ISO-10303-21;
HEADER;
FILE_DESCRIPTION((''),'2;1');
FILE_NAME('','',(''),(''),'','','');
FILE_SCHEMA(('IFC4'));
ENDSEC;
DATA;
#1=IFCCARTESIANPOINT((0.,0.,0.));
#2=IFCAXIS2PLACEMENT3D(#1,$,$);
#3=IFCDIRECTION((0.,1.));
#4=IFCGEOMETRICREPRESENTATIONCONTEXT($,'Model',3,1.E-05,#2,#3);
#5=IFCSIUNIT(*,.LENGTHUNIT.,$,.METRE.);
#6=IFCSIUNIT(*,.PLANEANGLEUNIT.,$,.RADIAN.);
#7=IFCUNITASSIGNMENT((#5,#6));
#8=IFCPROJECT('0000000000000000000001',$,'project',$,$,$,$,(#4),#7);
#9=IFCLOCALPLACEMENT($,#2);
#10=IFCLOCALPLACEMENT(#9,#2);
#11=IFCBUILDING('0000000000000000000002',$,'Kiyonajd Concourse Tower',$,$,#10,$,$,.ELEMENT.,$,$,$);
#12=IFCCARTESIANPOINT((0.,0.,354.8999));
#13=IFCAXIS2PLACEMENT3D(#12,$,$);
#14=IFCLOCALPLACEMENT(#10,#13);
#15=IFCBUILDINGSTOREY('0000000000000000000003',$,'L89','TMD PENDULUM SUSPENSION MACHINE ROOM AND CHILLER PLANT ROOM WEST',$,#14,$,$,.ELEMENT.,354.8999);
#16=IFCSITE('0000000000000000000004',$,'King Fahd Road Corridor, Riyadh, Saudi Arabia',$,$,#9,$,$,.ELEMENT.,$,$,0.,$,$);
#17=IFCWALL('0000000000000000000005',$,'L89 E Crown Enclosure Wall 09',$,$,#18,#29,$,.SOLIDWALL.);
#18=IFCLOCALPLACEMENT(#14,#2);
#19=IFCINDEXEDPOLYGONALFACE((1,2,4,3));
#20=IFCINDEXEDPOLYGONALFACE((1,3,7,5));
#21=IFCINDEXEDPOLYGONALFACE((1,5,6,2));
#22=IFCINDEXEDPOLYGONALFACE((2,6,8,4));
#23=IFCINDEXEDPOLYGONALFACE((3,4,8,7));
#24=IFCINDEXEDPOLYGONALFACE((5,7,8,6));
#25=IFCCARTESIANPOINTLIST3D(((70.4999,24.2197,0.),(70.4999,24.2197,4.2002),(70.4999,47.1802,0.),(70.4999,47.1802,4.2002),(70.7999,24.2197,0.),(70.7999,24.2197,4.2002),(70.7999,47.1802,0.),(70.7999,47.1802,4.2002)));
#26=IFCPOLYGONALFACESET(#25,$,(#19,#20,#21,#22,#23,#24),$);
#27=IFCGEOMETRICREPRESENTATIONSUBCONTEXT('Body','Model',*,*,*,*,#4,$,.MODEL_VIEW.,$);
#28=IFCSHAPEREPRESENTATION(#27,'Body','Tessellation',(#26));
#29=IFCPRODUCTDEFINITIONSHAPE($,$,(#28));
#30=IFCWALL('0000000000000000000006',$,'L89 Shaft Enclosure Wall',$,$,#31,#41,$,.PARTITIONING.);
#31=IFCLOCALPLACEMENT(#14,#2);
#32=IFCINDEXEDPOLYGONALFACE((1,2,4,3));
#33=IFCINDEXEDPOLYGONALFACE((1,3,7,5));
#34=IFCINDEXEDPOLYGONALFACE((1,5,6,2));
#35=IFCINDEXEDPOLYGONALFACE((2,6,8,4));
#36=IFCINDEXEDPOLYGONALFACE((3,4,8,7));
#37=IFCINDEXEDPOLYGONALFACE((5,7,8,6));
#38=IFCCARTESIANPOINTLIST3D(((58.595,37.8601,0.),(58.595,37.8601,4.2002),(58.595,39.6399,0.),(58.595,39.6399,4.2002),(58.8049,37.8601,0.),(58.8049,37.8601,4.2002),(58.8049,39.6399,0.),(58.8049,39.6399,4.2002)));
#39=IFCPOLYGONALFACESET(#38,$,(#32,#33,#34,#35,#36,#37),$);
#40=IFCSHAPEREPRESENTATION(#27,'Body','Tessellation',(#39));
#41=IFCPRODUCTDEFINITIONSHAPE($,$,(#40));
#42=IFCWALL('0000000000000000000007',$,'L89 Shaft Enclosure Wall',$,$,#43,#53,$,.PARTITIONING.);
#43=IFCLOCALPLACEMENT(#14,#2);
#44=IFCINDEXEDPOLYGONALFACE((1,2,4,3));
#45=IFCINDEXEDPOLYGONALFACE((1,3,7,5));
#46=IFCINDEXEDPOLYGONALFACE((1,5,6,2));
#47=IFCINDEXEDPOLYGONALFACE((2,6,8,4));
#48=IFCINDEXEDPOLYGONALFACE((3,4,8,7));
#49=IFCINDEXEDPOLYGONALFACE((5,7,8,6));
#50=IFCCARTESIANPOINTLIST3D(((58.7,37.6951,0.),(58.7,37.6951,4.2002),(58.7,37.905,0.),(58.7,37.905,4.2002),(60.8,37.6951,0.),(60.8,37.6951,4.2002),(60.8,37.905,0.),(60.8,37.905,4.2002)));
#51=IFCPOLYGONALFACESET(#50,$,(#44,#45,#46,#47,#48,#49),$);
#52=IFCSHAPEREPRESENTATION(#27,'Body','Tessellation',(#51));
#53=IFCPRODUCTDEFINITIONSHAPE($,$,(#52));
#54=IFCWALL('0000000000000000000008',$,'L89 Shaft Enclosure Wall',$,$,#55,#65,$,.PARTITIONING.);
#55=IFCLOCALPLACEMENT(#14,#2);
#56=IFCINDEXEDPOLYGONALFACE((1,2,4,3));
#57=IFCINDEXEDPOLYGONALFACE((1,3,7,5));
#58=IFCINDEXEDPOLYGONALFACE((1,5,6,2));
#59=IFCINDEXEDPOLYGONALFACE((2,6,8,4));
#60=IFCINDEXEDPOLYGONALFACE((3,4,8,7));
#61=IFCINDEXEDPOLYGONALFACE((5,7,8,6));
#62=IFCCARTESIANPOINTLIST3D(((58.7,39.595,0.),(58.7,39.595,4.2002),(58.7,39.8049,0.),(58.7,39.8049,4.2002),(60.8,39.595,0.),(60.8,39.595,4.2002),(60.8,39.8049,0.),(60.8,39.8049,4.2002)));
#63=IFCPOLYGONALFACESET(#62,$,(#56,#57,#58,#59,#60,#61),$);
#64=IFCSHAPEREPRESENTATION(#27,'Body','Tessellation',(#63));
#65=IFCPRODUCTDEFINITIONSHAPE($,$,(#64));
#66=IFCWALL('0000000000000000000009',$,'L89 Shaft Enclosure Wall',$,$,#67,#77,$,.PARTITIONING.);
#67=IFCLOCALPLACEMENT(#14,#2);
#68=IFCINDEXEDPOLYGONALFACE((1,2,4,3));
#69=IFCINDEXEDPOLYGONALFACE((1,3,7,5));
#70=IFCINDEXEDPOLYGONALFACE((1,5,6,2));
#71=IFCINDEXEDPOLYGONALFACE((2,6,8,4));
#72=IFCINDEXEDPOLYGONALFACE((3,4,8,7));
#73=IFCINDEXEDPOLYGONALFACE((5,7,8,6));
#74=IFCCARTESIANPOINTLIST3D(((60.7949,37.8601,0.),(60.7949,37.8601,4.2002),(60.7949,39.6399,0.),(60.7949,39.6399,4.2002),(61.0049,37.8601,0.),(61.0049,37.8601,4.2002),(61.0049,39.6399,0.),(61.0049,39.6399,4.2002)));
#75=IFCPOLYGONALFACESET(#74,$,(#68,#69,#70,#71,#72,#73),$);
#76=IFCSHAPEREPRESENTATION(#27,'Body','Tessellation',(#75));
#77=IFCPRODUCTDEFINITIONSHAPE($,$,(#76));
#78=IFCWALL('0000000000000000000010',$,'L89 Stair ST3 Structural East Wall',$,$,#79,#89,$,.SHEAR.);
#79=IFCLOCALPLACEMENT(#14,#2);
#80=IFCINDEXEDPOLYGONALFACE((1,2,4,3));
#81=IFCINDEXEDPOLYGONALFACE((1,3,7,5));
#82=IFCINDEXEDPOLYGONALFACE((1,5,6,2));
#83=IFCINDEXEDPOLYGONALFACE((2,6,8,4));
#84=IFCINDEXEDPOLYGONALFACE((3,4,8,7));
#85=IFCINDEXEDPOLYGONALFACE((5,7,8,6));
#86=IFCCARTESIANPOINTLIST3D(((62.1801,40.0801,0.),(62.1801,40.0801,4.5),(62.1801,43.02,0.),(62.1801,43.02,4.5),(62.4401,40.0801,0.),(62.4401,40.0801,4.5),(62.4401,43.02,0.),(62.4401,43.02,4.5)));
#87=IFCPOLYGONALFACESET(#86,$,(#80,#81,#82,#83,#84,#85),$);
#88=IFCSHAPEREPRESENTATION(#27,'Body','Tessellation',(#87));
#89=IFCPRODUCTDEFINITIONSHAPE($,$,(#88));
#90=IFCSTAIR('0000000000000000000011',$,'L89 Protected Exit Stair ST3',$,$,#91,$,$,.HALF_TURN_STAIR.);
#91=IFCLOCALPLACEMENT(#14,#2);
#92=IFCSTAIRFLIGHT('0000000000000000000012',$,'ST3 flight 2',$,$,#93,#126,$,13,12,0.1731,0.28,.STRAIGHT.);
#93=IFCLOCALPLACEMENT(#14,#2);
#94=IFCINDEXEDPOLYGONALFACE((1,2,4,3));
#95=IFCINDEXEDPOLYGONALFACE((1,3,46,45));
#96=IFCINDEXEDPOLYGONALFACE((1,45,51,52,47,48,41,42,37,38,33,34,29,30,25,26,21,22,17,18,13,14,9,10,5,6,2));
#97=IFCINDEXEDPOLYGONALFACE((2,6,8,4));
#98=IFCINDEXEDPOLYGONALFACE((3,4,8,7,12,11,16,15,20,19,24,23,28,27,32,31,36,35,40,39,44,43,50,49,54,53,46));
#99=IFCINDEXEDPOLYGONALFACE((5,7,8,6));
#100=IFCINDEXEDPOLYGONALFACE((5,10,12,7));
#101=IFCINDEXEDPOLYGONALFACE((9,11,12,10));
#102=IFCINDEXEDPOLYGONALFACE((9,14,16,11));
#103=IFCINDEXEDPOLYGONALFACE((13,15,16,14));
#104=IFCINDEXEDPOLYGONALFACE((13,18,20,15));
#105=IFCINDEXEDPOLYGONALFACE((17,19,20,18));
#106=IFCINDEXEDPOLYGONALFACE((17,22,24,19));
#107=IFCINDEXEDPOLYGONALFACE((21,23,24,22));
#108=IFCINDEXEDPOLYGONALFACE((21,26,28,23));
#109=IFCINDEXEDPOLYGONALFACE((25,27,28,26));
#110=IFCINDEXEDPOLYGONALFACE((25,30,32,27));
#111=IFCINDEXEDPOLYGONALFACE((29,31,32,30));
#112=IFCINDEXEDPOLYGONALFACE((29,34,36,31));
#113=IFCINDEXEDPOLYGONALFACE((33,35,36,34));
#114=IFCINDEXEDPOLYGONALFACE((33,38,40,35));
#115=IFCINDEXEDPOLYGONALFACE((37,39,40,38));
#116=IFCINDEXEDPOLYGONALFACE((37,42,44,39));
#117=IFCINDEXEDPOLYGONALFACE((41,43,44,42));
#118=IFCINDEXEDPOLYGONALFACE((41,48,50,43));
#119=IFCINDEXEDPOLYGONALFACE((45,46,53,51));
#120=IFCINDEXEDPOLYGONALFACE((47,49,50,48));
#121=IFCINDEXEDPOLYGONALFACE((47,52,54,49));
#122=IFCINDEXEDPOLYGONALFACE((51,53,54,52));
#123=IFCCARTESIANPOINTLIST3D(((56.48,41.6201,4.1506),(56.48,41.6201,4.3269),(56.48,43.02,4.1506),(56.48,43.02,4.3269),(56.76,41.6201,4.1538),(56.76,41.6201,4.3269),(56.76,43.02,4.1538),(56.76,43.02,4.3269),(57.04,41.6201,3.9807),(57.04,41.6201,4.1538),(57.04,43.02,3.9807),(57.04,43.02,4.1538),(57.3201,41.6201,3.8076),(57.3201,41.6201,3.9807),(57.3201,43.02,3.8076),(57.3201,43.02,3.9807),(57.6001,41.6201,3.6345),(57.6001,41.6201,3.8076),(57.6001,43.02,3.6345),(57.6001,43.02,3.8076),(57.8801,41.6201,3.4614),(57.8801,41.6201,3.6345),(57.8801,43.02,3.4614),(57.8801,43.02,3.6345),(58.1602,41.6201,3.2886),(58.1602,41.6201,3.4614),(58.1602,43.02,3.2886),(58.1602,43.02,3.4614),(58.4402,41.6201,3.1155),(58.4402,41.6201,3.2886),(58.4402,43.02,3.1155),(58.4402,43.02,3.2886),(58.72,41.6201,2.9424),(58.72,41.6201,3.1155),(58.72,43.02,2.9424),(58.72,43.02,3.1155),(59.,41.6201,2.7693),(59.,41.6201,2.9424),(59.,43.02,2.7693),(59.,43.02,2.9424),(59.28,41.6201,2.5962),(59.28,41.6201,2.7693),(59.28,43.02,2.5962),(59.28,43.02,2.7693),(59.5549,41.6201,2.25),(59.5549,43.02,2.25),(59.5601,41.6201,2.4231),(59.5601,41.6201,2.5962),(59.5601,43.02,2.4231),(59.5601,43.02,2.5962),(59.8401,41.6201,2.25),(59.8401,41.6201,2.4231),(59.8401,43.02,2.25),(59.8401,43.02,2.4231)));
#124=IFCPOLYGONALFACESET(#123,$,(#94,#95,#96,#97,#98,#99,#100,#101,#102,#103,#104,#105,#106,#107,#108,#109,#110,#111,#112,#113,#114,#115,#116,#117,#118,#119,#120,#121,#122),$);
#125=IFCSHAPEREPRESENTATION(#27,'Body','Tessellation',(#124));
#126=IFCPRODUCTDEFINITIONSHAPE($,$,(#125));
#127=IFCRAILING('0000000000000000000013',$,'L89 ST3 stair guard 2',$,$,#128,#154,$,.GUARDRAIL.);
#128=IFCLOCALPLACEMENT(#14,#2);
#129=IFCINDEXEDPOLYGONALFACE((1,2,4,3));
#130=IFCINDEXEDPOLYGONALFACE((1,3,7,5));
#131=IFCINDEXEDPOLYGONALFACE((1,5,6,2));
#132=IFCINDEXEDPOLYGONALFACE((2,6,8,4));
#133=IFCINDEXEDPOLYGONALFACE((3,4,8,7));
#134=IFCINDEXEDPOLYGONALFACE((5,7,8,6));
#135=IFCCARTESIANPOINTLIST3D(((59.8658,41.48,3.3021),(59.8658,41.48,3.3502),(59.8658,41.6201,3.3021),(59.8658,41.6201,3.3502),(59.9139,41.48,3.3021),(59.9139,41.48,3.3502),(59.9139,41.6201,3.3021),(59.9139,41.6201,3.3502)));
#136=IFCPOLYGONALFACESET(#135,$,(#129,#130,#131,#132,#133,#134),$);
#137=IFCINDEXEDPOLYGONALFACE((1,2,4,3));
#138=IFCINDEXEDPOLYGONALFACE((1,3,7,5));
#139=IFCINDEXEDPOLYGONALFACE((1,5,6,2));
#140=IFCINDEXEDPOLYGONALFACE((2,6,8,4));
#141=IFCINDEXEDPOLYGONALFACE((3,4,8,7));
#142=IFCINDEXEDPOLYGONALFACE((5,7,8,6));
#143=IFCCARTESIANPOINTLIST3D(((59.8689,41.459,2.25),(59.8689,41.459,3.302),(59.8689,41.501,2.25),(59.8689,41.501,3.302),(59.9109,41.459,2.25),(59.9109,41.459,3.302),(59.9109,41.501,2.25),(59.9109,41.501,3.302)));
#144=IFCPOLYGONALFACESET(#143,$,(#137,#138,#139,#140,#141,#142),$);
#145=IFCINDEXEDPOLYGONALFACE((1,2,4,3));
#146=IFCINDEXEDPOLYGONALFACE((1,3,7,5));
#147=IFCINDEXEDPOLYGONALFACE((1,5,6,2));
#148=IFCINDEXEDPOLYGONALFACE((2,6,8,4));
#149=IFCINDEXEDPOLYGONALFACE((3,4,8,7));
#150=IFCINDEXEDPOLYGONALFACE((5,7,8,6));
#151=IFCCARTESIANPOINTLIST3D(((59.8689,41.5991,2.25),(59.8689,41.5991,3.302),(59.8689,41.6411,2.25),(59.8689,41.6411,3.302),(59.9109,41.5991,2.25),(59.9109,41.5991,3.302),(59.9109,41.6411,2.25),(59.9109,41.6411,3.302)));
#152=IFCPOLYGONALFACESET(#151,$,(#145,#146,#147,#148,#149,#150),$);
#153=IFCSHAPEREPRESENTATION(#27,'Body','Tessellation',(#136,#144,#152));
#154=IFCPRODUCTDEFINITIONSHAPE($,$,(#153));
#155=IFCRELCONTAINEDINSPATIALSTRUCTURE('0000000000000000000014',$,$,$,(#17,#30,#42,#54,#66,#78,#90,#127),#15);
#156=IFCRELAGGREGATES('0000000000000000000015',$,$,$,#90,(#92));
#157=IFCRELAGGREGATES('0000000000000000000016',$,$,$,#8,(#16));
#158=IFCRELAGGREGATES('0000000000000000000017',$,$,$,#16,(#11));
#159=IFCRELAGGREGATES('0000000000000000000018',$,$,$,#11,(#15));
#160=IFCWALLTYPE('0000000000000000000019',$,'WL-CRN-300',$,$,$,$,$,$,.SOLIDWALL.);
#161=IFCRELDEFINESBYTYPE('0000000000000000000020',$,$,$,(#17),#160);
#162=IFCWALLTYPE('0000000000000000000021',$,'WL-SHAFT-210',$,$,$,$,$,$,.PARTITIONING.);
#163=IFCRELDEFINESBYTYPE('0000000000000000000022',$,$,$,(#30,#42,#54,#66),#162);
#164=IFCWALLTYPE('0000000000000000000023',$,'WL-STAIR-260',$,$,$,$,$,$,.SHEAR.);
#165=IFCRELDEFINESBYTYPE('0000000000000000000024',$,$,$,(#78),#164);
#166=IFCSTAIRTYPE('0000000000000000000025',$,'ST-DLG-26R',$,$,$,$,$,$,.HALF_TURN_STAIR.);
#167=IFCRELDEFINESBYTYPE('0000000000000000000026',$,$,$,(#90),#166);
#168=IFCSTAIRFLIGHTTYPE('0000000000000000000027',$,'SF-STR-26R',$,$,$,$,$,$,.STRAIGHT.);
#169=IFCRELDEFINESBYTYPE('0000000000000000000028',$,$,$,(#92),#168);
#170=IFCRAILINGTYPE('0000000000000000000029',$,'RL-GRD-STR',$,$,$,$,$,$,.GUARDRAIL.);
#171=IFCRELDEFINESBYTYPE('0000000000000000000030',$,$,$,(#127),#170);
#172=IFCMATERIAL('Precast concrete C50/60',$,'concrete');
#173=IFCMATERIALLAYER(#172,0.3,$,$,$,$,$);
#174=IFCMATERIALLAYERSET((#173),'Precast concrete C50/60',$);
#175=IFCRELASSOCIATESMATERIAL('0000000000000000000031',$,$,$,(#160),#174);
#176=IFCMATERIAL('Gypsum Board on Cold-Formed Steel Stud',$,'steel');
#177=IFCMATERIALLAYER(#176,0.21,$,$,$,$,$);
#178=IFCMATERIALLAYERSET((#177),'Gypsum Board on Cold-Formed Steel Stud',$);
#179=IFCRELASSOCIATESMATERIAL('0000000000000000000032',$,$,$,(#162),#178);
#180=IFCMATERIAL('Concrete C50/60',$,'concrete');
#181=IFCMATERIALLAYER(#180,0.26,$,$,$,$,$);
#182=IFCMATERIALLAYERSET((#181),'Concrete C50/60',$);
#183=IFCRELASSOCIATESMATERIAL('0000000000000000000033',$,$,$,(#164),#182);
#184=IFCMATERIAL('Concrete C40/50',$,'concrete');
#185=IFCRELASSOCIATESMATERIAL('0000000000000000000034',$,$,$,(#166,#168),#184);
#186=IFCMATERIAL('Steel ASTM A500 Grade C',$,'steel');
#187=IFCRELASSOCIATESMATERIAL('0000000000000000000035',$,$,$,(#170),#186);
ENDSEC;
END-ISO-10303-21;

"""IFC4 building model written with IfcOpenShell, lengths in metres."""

from ifc_helpers import new_model, si_unit, direction, frame, frame_2d, origin, origin_2d, place, context, subcontext, project, spatial, polyline, rectangle, outline, extrude, material, layer, layer_set, type_object, element, aggregate, save


model = new_model("IFC4")

# Units and contexts
model_context = context("Model", 3, precision=1e-05, world=origin(), true_north=direction((0.0, 1.0)))
body_context = subcontext(model_context, "Body", "Model", "MODEL_VIEW")
ifc_project = project(units=[si_unit("LENGTHUNIT", "METRE"), si_unit("PLANEANGLEUNIT", "RADIAN")], contexts=[model_context])

# Site, building, storey
site_placement = place(None, origin())
site = spatial("IfcSite", under=ifc_project, at=site_placement, Name="King Fahd Road Corridor, Riyadh, Saudi Arabia", CompositionType="ELEMENT", RefElevation=0.0)
building_placement = place(site_placement, origin())
building = spatial("IfcBuilding", under=site, at=building_placement, Name="Kiyonajd Concourse Tower", CompositionType="ELEMENT")
storey_placement = place(building_placement, frame((0.0, 0.0, 354.8999)))
storey = spatial("IfcBuildingStorey", under=building, at=storey_placement, Name="L89", Description="TMD PENDULUM SUSPENSION MACHINE ROOM AND CHILLER PLANT ROOM WEST", CompositionType="ELEMENT", Elevation=354.8999)

# Walls
ifc_material_1 = material(Name="Precast concrete C50/60", Category="concrete")
ifc_layer_1 = layer(ifc_material_1, 0.3)
ifc_layer_set_1 = layer_set([ifc_layer_1], Name="Precast concrete C50/60")
wall_type_1 = type_object("IfcWallType", Name="WL-CRN-300", PredefinedType="SOLIDWALL", material=ifc_layer_set_1)
wall_1_placement = place(storey_placement, frame((70.6499, 47.1802, 0.0), z_axis=(0.0, 0.0, 1.0), x_axis=(0.0, -1.0, 0.0)))
element("IfcWall", 1, at=wall_1_placement, inside=storey, type_object=wall_type_1, Name="L89 E Crown Enclosure Wall 09", PredefinedType="SOLIDWALL", context=body_context, shape_type="SweptSolid", body=[
    extrude(rectangle(XDim=22.9604, YDim=0.3, at=frame_2d((11.4802, 0.0))), origin(), (0.0, 0.0, 1.0), 4.2002),
])
ifc_material_2 = material(Name="Gypsum Board on Cold-Formed Steel Stud", Category="steel")
ifc_layer_2 = layer(ifc_material_2, 0.21)
ifc_layer_set_2 = layer_set([ifc_layer_2], Name="Gypsum Board on Cold-Formed Steel Stud")
wall_type_2 = type_object("IfcWallType", Name="WL-SHAFT-210", PredefinedType="PARTITIONING", material=ifc_layer_set_2)
wall_2_placement = place(storey_placement, frame((58.7, 37.8601, 0.0), z_axis=(0.0, 0.0, 1.0), x_axis=(0.0, 1.0, 0.0)))
element("IfcWall", 2, at=wall_2_placement, inside=storey, type_object=wall_type_2, Name="L89 Shaft Enclosure Wall", PredefinedType="PARTITIONING", context=body_context, shape_type="SweptSolid", body=[
    extrude(rectangle(XDim=1.7798, YDim=0.21, at=frame_2d((0.8899, 0.0))), origin(), (0.0, 0.0, 1.0), 4.2002),
])
for number, where, z_axis, x_axis, name in (
    (3, (58.7, 37.8, 0.0), (0.0, 0.0, 1.0), (1.0, 0.0, 0.0), "L89 Shaft Enclosure Wall"),
    (4, (58.7, 39.7, 0.0), (0.0, 0.0, 1.0), (1.0, 0.0, 0.0), "L89 Shaft Enclosure Wall"),
):
    element("IfcWall", number, at=place(storey_placement, frame(where, z_axis=z_axis, x_axis=x_axis)), inside=storey, type_object=wall_type_2, Name=name, PredefinedType="PARTITIONING", context=body_context, shape_type="SweptSolid", body=[
        extrude(rectangle(XDim=2.1001, YDim=0.21, at=frame_2d((1.05, 0.0))), origin(), (0.0, 0.0, 1.0), 4.2002),
    ])
wall_3_placement = place(storey_placement, frame((60.8999, 37.8601, 0.0), z_axis=(0.0, 0.0, 1.0), x_axis=(0.0, 1.0, 0.0)))
element("IfcWall", 5, at=wall_3_placement, inside=storey, type_object=wall_type_2, Name="L89 Shaft Enclosure Wall", PredefinedType="PARTITIONING", context=body_context, shape_type="SweptSolid", body=[
    extrude(rectangle(XDim=1.7798, YDim=0.21, at=frame_2d((0.8899, 0.0))), origin(), (0.0, 0.0, 1.0), 4.2002),
])
ifc_material_3 = material(Name="Concrete C50/60", Category="concrete")
ifc_layer_3 = layer(ifc_material_3, 0.26)
ifc_layer_set_3 = layer_set([ifc_layer_3], Name="Concrete C50/60")
wall_type_3 = type_object("IfcWallType", Name="WL-STAIR-260", PredefinedType="SHEAR", material=ifc_layer_set_3)
wall_4_placement = place(storey_placement, frame((62.3101, 40.0801, 0.0), z_axis=(0.0, 0.0, 1.0), x_axis=(0.0, 1.0, 0.0)))
element("IfcWall", 6, at=wall_4_placement, inside=storey, type_object=wall_type_3, Name="L89 Stair ST3 Structural East Wall", PredefinedType="SHEAR", context=body_context, shape_type="SweptSolid", body=[
    extrude(rectangle(XDim=2.9399, YDim=0.26, at=frame_2d((1.47, 0.0))), origin(), (0.0, 0.0, 1.0), 4.5),
])

# Stair, stair flight
ifc_material_4 = material(Name="Concrete C40/50", Category="concrete")
stair_type = type_object("IfcStairType", Name="ST-DLG-26R", PredefinedType="HALF_TURN_STAIR", material=ifc_material_4)
stair_placement = place(storey_placement, origin())
stair = element("IfcStair", 7, at=stair_placement, inside=storey, type_object=stair_type, Name="L89 Protected Exit Stair ST3", PredefinedType="HALF_TURN_STAIR")
stair_flight_type = type_object("IfcStairFlightType", Name="SF-STR-26R", PredefinedType="STRAIGHT", material=ifc_material_4)
stair_flight_placement = place(storey_placement, frame((59.8401, 42.3201, 2.25), z_axis=(0.0, 0.0, 1.0), x_axis=(-1.0, 0.0, 0.0)))
stair_flight = element("IfcStairFlight", 8, at=stair_flight_placement, type_object=stair_flight_type, Name="ST3 flight 2", NumberOfRisers=13, NumberOfTreads=12, PredefinedType="STRAIGHT", RiserHeight=0.1731, TreadLength=0.28, context=body_context, shape_type="SweptSolid", body=[
    extrude(outline(polyline([(0.0, 0.0), (0.0, 0.1731), (0.28, 0.1731), (0.28, 0.3462), (0.5601, 0.3462), (0.5601, 0.5193), (0.8401, 0.5193), (0.8401, 0.6924), (1.1201, 0.6924), (1.1201, 0.8655), (1.3999, 0.8655), (1.3999, 1.0386), (1.6799, 1.0386), (1.6799, 1.2114), (1.96, 1.2114), (1.96, 1.3845), (2.24, 1.3845), (2.24, 1.5576), (2.52, 1.5576), (2.52, 1.7307), (2.8, 1.7307), (2.8, 1.9038), (3.0801, 1.9038), (3.0801, 2.0769), (3.3601, 2.0769), (3.3601, 2.25), (3.3601, 1.9006), (0.2852, 0.0), (0.0, 0.0)])), frame((0.0, 0.7, 0.0), z_axis=(0.0, -1.0, 0.0), x_axis=(1.0, 0.0, 0.0)), (0.0, 0.0, 1.0), 1.3999),
])
aggregate(stair, [stair_flight])

# Railing
ifc_material_5 = material(Name="Steel ASTM A500 Grade C", Category="steel")
railing_type_1 = type_object("IfcRailingType", Name="RL-GRD-STR", PredefinedType="GUARDRAIL", material=ifc_material_5)
railing_1_placement = place(storey_placement, frame((59.8899, 41.48, 2.25)))
element("IfcRailing", 9, at=railing_1_placement, inside=storey, type_object=railing_type_1, Name="L89 ST3 stair guard 2", PredefinedType="GUARDRAIL", context=body_context, shape_type="SweptSolid", body=[
    extrude(rectangle(XDim=0.0481, YDim=0.0481, at=origin_2d()), frame((0.0, 0.0, 1.0762), z_axis=(0.0, 1.0, 0.0), x_axis=(-1.0, 0.0, 0.0)), (0.0, 0.0, 1.0), 0.1401),
    extrude(rectangle(XDim=0.042, YDim=0.042, at=origin_2d()), origin(), (0.0, 0.0, 1.0), 1.052),
    extrude(rectangle(XDim=0.042, YDim=0.042, at=origin_2d()), frame((0.0, 0.1401, 0.0)), (0.0, 0.0, 1.0), 1.052),
])

save(model, "model.ifc")
